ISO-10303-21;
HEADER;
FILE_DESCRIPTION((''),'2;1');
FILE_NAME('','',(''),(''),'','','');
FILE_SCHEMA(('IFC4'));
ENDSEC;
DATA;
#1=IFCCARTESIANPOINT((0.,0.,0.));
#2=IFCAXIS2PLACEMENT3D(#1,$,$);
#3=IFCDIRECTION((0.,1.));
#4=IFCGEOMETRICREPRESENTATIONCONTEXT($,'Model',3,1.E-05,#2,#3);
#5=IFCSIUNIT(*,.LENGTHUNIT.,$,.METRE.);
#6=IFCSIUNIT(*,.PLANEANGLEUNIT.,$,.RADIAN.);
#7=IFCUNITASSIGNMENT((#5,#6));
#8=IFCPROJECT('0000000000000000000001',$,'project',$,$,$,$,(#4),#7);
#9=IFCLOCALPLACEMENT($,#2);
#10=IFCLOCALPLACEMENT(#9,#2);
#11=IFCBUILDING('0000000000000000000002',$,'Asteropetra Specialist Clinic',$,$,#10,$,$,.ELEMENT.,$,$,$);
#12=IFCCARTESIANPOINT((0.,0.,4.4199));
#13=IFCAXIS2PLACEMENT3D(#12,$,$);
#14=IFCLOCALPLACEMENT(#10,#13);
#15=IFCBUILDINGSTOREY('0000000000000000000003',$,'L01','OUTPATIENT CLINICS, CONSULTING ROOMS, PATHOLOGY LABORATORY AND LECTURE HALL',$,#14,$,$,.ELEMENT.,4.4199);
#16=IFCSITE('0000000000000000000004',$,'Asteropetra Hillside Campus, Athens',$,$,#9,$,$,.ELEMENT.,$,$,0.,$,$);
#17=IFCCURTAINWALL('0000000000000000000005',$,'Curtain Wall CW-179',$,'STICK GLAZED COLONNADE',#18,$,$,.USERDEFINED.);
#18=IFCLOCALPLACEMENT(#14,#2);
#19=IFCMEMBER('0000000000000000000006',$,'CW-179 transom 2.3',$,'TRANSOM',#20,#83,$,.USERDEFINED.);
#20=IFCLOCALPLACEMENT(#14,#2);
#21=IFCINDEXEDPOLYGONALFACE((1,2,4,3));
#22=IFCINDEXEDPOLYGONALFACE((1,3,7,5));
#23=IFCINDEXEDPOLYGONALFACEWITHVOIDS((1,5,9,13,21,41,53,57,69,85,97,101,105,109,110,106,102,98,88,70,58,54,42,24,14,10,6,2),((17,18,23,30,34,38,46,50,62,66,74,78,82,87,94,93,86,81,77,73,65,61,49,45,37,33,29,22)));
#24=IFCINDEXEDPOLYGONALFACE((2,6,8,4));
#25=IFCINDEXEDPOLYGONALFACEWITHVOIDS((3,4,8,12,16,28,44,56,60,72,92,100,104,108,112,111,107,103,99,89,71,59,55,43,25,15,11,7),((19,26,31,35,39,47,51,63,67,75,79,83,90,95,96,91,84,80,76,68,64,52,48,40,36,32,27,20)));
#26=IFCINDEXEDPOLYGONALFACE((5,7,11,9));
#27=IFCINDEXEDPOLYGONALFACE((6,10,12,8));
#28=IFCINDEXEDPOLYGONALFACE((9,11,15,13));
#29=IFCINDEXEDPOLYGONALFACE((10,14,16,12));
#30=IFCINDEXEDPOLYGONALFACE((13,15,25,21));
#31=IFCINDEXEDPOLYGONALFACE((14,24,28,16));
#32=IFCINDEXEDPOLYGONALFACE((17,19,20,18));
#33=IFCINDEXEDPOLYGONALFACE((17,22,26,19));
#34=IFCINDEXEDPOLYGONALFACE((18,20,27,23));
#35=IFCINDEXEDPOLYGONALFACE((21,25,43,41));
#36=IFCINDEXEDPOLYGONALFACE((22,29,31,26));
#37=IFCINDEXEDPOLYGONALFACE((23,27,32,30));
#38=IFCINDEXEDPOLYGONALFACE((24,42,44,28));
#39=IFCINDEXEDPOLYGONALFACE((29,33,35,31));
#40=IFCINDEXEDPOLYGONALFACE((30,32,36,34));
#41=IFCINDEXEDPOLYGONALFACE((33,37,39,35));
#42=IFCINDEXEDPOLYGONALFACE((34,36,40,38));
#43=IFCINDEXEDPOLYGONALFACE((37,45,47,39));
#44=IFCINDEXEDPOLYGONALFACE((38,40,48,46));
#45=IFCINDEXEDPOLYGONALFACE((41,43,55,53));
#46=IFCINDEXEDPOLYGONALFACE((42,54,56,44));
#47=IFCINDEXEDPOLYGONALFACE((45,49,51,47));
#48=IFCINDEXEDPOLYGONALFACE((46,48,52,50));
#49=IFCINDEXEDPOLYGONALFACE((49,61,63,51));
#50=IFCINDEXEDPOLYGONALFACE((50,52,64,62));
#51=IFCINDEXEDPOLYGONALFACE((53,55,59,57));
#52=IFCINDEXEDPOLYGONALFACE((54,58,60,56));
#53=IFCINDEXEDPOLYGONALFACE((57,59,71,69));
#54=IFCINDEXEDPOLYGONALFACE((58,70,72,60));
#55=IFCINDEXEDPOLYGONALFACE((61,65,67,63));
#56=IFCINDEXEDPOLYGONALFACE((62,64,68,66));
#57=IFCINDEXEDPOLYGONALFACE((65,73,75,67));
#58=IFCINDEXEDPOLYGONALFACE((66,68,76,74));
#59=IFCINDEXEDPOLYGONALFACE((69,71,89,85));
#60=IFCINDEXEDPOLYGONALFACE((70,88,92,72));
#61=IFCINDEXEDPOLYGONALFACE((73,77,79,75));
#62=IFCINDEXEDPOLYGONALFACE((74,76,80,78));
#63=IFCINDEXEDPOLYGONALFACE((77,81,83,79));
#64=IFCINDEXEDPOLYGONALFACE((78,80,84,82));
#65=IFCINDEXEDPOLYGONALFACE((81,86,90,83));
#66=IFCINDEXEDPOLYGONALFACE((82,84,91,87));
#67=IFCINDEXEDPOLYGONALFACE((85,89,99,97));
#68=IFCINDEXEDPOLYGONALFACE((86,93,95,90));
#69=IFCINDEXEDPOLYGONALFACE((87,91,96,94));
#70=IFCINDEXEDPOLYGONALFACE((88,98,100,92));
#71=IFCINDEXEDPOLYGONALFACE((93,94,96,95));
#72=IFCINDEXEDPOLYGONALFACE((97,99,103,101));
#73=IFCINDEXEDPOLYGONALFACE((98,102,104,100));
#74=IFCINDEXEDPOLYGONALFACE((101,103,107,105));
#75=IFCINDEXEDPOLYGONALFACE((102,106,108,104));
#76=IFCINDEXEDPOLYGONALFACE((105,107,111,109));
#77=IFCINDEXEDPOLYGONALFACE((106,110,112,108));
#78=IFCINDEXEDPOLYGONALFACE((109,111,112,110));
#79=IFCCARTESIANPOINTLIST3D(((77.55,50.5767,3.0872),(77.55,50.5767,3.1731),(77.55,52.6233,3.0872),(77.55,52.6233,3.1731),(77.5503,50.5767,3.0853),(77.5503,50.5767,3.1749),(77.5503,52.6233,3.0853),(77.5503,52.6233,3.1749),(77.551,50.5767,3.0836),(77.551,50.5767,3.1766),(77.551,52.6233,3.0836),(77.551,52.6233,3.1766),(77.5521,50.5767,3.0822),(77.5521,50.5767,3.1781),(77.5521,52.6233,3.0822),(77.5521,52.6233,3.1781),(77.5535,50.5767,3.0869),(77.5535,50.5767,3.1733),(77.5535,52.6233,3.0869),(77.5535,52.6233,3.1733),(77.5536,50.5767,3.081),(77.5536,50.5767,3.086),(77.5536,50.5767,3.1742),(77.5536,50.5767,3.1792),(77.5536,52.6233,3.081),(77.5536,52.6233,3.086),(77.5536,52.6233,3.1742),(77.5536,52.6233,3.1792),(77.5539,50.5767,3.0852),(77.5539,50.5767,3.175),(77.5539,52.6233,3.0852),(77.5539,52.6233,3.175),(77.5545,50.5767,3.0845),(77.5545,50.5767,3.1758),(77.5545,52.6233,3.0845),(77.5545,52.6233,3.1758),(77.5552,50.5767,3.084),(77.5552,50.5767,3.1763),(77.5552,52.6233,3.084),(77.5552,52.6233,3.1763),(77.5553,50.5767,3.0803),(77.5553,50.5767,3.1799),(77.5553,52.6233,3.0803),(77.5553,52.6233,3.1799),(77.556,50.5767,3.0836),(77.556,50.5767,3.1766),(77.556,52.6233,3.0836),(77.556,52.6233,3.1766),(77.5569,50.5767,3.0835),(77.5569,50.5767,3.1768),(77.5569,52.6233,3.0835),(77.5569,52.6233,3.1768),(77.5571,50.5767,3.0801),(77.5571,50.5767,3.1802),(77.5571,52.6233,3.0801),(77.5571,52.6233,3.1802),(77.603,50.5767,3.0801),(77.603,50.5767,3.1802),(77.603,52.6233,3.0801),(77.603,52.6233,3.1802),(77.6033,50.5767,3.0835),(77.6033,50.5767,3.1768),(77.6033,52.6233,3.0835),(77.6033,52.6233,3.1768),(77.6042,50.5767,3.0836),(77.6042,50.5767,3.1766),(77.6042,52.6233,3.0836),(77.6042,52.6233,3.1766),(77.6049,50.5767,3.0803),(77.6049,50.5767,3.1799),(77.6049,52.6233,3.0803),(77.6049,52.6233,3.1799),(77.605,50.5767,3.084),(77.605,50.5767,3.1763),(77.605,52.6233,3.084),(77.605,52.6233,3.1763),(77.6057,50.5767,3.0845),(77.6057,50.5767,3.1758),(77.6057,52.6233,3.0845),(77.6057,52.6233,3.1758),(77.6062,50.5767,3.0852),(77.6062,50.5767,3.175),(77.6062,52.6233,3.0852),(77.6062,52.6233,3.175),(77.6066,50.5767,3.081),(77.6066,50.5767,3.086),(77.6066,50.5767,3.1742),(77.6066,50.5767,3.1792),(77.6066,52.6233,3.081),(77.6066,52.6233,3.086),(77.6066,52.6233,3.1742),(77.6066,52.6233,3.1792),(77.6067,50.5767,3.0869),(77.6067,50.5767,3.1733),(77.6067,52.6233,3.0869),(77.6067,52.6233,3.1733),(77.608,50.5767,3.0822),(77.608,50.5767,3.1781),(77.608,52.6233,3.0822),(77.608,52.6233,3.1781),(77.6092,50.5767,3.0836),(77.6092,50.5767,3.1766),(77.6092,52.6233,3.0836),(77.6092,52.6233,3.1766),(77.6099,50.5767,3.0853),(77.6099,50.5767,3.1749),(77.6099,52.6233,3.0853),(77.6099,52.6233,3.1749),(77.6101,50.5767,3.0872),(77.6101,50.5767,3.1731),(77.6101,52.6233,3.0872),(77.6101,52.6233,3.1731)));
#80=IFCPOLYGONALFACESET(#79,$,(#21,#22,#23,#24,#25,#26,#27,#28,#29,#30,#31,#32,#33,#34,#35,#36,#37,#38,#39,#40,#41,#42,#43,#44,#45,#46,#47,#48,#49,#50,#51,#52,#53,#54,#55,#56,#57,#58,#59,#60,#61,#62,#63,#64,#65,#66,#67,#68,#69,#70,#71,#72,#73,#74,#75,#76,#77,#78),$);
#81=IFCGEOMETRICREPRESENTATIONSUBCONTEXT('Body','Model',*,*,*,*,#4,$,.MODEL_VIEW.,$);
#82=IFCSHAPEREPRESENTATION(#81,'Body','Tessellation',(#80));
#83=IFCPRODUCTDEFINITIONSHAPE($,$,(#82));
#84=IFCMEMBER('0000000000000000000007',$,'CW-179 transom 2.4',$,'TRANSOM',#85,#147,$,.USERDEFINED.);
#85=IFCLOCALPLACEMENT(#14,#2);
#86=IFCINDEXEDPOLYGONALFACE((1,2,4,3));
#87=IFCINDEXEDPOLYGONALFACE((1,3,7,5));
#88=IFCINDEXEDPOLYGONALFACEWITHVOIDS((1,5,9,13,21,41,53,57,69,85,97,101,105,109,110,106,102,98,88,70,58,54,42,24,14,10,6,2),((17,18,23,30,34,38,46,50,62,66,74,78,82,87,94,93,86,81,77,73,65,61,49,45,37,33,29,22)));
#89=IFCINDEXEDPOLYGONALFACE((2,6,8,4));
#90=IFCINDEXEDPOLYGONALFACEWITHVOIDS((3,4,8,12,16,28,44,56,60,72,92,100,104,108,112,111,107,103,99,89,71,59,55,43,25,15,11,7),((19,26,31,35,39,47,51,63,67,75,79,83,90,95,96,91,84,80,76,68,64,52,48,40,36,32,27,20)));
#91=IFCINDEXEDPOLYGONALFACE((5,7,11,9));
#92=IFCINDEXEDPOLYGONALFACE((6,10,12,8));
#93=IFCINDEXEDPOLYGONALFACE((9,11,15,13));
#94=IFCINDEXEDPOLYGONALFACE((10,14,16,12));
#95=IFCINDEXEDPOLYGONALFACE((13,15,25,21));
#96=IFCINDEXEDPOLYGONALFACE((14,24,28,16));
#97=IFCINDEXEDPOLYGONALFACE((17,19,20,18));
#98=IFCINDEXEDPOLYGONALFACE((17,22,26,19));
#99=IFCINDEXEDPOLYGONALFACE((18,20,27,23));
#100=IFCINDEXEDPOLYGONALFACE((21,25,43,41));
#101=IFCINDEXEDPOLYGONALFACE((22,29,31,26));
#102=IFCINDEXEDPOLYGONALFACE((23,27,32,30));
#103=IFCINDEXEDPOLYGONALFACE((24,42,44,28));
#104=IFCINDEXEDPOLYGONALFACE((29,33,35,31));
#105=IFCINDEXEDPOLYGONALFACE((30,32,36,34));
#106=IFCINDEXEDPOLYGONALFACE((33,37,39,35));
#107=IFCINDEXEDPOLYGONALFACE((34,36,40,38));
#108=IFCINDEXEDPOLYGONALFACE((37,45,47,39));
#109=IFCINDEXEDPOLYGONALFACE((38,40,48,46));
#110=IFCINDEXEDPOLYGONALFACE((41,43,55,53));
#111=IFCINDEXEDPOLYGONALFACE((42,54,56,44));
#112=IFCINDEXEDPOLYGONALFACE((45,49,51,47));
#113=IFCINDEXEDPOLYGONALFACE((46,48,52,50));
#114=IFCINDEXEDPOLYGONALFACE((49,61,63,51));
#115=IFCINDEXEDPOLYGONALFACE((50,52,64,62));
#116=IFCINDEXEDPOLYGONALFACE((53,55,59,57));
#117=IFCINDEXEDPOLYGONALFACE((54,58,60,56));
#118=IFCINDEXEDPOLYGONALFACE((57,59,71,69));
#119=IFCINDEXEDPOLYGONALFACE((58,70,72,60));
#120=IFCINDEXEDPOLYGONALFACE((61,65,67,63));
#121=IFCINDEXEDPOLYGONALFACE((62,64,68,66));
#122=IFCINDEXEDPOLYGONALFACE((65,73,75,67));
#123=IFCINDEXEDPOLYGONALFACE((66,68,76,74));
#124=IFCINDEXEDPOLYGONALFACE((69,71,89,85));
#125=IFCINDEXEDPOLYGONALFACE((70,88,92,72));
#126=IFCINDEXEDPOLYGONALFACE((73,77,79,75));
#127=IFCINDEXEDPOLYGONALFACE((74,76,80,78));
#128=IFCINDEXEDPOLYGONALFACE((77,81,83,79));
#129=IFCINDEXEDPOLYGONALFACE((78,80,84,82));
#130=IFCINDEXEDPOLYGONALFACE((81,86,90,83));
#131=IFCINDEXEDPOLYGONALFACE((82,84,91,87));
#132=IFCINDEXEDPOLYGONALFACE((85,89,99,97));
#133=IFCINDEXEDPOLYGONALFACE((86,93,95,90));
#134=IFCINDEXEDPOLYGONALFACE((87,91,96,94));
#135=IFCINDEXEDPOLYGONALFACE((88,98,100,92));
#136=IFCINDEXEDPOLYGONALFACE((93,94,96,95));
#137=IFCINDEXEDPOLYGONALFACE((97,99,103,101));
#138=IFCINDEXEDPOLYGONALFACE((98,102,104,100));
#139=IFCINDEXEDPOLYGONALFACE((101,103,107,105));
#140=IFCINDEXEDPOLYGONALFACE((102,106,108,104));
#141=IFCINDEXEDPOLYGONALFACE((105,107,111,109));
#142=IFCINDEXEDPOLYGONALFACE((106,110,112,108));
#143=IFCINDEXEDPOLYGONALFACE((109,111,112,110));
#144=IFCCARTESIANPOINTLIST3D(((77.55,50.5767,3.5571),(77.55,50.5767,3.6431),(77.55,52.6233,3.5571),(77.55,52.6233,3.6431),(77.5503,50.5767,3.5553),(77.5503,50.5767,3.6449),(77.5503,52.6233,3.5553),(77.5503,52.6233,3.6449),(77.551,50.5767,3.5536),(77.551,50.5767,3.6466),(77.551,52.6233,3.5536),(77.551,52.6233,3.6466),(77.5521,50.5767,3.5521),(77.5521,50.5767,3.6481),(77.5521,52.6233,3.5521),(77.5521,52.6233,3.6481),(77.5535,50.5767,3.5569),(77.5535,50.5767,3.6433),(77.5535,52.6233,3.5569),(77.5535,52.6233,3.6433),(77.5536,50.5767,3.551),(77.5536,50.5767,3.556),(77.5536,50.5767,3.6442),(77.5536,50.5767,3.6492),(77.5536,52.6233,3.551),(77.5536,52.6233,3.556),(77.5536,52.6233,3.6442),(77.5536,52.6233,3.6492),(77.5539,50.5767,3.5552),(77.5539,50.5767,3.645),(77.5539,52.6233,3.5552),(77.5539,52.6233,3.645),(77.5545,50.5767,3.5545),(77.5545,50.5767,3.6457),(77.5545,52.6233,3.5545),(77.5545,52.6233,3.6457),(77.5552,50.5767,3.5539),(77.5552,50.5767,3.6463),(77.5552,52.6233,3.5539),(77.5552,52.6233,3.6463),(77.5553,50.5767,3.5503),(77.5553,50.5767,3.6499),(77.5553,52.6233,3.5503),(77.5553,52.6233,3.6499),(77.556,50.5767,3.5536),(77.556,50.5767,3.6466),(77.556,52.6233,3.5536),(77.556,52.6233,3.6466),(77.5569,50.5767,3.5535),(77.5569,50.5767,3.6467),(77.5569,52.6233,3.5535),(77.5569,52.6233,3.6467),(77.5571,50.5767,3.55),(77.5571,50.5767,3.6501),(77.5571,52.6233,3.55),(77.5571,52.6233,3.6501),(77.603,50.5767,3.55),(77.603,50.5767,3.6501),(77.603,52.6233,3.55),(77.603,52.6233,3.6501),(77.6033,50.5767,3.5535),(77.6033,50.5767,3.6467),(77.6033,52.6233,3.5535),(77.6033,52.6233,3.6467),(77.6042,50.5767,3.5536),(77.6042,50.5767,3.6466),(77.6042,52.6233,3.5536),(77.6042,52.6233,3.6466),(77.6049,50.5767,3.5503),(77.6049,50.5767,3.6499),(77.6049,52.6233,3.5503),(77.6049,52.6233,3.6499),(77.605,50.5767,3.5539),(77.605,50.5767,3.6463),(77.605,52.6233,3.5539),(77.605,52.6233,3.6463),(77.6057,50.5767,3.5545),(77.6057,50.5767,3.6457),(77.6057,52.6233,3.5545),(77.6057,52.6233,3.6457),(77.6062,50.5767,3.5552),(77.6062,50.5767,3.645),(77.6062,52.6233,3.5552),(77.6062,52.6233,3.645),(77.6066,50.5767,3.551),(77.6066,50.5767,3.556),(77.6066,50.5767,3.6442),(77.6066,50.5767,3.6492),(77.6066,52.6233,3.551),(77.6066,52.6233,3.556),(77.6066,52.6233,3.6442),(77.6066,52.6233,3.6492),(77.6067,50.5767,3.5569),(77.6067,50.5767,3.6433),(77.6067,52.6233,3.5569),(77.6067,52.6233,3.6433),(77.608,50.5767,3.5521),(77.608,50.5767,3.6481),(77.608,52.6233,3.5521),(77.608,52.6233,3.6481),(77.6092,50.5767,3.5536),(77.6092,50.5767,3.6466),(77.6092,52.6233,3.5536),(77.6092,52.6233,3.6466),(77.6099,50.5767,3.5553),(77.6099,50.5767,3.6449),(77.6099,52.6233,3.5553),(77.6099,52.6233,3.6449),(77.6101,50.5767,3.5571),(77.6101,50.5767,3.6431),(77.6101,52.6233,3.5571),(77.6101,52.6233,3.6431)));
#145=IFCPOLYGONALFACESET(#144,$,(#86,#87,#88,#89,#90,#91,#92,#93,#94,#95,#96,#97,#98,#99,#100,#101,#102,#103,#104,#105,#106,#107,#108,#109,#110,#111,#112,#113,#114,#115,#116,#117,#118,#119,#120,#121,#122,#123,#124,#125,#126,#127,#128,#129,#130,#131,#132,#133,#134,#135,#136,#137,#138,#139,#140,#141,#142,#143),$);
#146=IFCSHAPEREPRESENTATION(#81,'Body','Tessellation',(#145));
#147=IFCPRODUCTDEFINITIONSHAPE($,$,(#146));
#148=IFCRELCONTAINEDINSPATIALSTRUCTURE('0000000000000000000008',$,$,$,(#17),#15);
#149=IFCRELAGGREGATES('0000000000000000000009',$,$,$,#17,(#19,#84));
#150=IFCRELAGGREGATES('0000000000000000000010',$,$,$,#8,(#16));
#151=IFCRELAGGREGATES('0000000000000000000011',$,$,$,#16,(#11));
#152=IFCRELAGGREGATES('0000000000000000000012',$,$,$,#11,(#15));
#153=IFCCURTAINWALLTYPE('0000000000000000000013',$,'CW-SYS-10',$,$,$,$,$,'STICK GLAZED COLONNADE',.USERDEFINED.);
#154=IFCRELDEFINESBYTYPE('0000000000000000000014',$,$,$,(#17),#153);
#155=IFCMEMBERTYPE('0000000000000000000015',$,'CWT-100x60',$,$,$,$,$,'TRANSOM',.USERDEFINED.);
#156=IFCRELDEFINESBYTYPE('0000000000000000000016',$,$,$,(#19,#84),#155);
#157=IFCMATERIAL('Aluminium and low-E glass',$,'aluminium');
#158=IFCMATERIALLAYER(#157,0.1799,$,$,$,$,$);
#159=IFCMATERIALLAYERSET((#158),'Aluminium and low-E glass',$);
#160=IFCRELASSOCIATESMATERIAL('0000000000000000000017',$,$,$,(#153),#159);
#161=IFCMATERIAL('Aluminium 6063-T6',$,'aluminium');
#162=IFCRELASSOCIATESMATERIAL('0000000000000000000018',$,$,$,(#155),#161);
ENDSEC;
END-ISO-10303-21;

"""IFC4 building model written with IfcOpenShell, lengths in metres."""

from ifc_helpers import new_model, si_unit, direction, frame, origin, origin_2d, place, context, subcontext, project, spatial, hollow_rectangle, extrude, material, layer, layer_set, material_profile, profile_set, type_object, element, aggregate, save


model = new_model("IFC4")

# Units and contexts
model_context = context("Model", 3, precision=1e-05, world=origin(), true_north=direction((0.0, 1.0)))
body_context = subcontext(model_context, "Body", "Model", "MODEL_VIEW")
ifc_project = project(units=[si_unit("LENGTHUNIT", "METRE"), si_unit("PLANEANGLEUNIT", "RADIAN")], contexts=[model_context])

# Site, building, storey
site_placement = place(None, origin())
site = spatial("IfcSite", under=ifc_project, at=site_placement, Name="Asteropetra Hillside Campus, Athens", CompositionType="ELEMENT", RefElevation=0.0)
building_placement = place(site_placement, origin())
building = spatial("IfcBuilding", under=site, at=building_placement, Name="Asteropetra Specialist Clinic", CompositionType="ELEMENT")
storey_placement = place(building_placement, frame((0.0, 0.0, 4.4199)))
storey = spatial("IfcBuildingStorey", under=building, at=storey_placement, Name="L01", Description="OUTPATIENT CLINICS, CONSULTING ROOMS, PATHOLOGY LABORATORY AND LECTURE HALL", CompositionType="ELEMENT", Elevation=4.4199)

# Curtain wall, members
ifc_material_1 = material(Name="Aluminium and low-E glass", Category="aluminium")
ifc_layer_1 = layer(ifc_material_1, 0.1799)
ifc_layer_set_1 = layer_set([ifc_layer_1], Name="Aluminium and low-E glass")
curtain_wall_type = type_object("IfcCurtainWallType", Name="CW-SYS-10", ElementType="STICK GLAZED COLONNADE", PredefinedType="USERDEFINED", material=ifc_layer_set_1)
curtain_wall_placement = place(storey_placement, origin())
curtain_wall = element("IfcCurtainWall", 1, at=curtain_wall_placement, inside=storey, type_object=curtain_wall_type, Name="Curtain Wall CW-179", ObjectType="STICK GLAZED COLONNADE", PredefinedType="USERDEFINED")
ifc_material_2 = material(Name="Aluminium 6063-T6", Category="aluminium")
ifc_material_profile_1 = material_profile(ifc_material_2, hollow_rectangle(XDim=0.0601, YDim=0.1001, WallThickness=0.0034, InnerFilletRadius=0.0034, OuterFilletRadius=0.0071, at=origin_2d()), Name="TRN 100x60x3.5")
ifc_profile_set_1 = profile_set([ifc_material_profile_1], Name="Aluminium 6063-T6")
member_type_1 = type_object("IfcMemberType", Name="CWT-100x60", ElementType="TRANSOM", PredefinedType="USERDEFINED", material=ifc_profile_set_1)
member_1_placement = place(storey_placement, frame((77.5801, 52.6233, 3.1301), z_axis=(0.0, -1.0, 0.0), x_axis=(1.0, 0.0, 0.0)))
member_1 = element("IfcMember", 2, at=member_1_placement, type_object=member_type_1, Name="CW-179 transom 2.3", ObjectType="TRANSOM", PredefinedType="USERDEFINED", context=body_context, shape_type="SweptSolid", body=[
    extrude(hollow_rectangle(XDim=0.0601, YDim=0.1001, WallThickness=0.0034, InnerFilletRadius=0.0034, OuterFilletRadius=0.0071, at=origin_2d()), origin(), (0.0, 0.0, 1.0), 2.0466),
])
member_2_placement = place(storey_placement, frame((77.5801, 52.6233, 3.6001), z_axis=(0.0, -1.0, 0.0), x_axis=(1.0, 0.0, 0.0)))
member_2 = element("IfcMember", 3, at=member_2_placement, type_object=member_type_1, Name="CW-179 transom 2.4", ObjectType="TRANSOM", PredefinedType="USERDEFINED", context=body_context, shape_type="SweptSolid", body=[
    extrude(hollow_rectangle(XDim=0.0601, YDim=0.1001, WallThickness=0.0034, InnerFilletRadius=0.0034, OuterFilletRadius=0.0071, at=origin_2d()), origin(), (0.0, 0.0, 1.0), 2.0466),
])

aggregate(curtain_wall, [member_1, member_2])

save(model, "model.ifc")
